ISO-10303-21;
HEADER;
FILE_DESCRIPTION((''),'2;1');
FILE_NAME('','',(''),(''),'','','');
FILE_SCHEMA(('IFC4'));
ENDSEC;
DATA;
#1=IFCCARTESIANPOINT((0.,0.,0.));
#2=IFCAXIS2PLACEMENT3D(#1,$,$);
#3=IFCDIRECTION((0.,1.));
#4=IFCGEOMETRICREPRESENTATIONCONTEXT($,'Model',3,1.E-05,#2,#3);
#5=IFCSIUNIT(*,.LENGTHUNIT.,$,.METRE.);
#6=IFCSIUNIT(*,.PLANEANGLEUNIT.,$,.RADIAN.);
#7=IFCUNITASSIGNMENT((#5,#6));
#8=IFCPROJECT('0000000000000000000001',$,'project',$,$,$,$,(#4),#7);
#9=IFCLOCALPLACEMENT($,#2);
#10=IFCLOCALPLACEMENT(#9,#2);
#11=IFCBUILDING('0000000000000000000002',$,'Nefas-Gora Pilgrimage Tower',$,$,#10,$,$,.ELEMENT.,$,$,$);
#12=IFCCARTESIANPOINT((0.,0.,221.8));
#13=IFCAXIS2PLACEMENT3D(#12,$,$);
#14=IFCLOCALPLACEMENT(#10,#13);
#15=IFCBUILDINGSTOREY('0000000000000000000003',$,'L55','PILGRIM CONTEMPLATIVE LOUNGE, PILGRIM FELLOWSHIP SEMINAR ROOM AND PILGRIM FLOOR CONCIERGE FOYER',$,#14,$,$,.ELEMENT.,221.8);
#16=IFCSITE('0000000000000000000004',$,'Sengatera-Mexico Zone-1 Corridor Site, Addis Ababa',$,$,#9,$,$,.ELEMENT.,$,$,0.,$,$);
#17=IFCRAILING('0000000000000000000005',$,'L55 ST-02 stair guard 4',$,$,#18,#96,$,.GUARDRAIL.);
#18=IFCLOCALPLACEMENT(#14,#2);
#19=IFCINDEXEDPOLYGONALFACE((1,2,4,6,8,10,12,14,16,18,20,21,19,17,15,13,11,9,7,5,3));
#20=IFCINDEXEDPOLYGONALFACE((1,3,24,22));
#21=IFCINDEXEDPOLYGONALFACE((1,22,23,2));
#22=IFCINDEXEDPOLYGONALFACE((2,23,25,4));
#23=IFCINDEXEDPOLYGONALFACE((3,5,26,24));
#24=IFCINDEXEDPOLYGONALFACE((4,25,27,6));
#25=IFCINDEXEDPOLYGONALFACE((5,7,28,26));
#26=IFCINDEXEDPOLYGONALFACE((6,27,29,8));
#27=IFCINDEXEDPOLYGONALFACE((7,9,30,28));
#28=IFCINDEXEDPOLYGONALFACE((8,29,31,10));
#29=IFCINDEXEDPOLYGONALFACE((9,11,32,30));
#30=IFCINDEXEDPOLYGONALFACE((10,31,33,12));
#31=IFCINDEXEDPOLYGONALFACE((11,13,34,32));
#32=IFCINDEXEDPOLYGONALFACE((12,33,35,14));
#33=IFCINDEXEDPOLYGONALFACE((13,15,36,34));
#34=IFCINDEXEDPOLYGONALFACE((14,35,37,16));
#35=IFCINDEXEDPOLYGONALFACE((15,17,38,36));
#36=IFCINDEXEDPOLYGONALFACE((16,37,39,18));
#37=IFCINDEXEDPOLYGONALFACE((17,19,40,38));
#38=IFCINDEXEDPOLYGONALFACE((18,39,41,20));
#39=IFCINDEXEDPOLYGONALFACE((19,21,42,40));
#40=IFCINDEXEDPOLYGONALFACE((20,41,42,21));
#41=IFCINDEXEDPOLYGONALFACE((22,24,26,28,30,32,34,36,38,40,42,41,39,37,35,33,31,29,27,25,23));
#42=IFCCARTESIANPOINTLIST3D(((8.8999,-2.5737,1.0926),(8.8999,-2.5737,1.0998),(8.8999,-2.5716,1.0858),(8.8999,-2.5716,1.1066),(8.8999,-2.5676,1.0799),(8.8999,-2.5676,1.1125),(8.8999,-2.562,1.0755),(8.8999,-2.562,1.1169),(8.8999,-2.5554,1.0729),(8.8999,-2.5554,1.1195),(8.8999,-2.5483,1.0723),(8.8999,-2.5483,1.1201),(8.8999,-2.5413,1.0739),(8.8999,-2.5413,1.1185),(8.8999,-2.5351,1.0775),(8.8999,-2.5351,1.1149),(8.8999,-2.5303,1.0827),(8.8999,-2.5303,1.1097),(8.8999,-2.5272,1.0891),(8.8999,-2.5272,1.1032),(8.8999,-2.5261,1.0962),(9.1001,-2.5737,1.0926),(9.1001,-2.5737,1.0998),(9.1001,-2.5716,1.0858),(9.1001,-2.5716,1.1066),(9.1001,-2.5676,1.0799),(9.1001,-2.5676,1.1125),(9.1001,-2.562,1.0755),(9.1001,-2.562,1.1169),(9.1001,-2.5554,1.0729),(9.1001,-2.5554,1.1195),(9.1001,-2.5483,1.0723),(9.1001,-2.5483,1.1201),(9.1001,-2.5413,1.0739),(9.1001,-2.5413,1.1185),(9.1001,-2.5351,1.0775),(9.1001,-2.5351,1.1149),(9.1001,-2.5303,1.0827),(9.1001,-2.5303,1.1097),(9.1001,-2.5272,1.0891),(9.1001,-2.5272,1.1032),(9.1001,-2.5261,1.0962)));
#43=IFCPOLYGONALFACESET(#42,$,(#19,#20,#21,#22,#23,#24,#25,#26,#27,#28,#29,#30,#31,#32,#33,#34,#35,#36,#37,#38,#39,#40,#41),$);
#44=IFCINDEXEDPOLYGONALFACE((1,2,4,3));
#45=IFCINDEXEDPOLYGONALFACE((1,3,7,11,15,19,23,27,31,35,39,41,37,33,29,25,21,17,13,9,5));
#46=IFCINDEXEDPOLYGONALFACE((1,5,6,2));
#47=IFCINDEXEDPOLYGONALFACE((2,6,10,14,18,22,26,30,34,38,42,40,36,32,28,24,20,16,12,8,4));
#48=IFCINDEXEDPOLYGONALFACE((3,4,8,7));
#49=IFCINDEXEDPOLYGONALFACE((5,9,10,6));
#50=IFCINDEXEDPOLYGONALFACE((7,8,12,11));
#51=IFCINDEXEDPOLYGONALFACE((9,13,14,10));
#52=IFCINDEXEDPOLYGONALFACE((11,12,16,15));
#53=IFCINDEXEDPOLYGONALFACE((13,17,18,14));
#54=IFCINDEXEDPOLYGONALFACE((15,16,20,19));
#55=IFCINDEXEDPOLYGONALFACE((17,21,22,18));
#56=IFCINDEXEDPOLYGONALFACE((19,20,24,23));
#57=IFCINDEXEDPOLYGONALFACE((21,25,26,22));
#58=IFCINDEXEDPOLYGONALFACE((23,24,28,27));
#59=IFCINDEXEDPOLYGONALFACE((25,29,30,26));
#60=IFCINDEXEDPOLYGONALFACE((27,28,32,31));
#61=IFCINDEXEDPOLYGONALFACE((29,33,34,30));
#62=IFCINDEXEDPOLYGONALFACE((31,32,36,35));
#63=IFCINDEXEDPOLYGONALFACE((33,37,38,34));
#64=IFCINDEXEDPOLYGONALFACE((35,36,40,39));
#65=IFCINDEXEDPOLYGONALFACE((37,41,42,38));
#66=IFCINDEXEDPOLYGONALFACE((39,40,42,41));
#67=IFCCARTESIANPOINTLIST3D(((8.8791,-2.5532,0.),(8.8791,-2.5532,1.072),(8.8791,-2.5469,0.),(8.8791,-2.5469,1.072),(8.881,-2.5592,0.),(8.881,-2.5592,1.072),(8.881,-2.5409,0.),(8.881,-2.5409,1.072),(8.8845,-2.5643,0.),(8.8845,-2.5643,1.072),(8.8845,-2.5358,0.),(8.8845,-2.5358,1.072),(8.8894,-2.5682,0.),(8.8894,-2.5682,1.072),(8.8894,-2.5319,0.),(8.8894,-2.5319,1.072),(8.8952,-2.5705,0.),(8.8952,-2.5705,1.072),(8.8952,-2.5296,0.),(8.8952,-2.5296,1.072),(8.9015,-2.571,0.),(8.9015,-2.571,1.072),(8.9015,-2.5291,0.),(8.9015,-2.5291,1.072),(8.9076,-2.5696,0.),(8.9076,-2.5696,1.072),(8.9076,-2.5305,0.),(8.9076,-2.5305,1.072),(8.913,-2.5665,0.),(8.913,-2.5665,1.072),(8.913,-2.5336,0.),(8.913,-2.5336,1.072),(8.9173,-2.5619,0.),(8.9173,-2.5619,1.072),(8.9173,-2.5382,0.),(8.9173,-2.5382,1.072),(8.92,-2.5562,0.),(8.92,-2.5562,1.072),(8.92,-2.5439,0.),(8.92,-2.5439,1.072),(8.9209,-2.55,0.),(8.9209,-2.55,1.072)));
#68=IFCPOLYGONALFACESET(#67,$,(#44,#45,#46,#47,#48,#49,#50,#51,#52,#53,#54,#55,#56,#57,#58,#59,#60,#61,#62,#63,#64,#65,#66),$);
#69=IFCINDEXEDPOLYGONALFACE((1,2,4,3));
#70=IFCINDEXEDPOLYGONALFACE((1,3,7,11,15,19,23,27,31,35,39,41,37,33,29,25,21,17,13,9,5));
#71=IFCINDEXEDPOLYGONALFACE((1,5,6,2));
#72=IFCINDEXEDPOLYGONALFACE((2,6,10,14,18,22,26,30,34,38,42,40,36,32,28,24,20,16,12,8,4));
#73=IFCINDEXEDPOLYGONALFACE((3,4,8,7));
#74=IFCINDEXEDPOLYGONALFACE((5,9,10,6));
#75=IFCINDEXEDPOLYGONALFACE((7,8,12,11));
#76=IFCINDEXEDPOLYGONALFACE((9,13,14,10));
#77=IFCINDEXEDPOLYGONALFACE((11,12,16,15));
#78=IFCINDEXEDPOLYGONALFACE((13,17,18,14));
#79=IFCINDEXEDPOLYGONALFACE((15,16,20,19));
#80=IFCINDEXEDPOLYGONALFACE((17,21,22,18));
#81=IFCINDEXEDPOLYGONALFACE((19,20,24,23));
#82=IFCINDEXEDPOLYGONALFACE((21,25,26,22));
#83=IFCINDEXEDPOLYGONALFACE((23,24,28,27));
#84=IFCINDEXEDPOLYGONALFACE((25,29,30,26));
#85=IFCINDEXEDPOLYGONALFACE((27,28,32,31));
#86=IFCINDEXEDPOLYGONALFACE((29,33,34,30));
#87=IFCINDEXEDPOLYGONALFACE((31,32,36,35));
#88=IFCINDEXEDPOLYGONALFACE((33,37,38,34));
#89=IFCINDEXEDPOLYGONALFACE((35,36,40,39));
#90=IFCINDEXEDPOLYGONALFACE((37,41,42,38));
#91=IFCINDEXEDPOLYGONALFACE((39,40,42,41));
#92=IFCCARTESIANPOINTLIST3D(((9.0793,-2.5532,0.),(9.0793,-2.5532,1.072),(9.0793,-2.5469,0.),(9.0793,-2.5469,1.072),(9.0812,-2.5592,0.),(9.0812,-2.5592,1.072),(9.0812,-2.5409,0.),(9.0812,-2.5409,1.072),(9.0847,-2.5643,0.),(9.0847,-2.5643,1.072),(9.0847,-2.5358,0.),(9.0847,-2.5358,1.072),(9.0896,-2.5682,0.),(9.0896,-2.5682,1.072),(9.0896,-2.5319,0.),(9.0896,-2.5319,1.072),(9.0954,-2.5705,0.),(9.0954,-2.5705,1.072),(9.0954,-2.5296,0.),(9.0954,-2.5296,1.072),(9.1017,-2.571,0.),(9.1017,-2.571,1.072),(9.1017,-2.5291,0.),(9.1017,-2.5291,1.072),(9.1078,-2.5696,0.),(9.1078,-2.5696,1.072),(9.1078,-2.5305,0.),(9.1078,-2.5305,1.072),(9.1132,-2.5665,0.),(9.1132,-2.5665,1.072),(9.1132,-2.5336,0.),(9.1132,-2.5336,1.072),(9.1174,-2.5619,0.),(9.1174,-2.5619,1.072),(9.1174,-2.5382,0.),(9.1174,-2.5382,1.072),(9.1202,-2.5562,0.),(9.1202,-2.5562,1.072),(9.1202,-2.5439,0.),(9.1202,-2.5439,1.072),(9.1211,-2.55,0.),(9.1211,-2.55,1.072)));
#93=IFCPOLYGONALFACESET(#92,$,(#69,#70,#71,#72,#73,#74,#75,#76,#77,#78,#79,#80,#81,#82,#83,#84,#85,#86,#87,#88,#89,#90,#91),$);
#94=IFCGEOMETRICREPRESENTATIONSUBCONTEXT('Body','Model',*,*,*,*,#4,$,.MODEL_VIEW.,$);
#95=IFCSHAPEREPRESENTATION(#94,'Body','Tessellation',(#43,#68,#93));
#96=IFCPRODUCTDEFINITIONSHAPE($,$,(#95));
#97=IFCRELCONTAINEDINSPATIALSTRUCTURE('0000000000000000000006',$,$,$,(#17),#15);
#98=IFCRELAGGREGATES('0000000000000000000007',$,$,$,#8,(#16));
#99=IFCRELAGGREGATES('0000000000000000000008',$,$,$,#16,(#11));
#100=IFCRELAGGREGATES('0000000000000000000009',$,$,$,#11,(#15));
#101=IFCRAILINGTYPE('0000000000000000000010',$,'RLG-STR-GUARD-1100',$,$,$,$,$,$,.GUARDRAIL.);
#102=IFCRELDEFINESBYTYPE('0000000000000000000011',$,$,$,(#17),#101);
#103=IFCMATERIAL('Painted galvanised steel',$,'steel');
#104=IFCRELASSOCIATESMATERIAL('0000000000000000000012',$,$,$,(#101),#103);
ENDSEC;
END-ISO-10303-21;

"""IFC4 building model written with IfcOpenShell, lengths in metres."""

from ifc_helpers import new_model, si_unit, direction, frame, origin, origin_2d, place, context, subcontext, project, spatial, circle, extrude, material, type_object, element, save


model = new_model("IFC4")

# Units and contexts
model_context = context("Model", 3, precision=1e-05, world=origin(), true_north=direction((0.0, 1.0)))
body_context = subcontext(model_context, "Body", "Model", "MODEL_VIEW")
ifc_project = project(units=[si_unit("LENGTHUNIT", "METRE"), si_unit("PLANEANGLEUNIT", "RADIAN")], contexts=[model_context])

# Site, building, storey
site_placement = place(None, origin())
site = spatial("IfcSite", under=ifc_project, at=site_placement, Name="Sengatera-Mexico Zone-1 Corridor Site, Addis Ababa", CompositionType="ELEMENT", RefElevation=0.0)
building_placement = place(site_placement, origin())
building = spatial("IfcBuilding", under=site, at=building_placement, Name="Nefas-Gora Pilgrimage Tower", CompositionType="ELEMENT")
storey_placement = place(building_placement, frame((0.0, 0.0, 221.8)))
storey = spatial("IfcBuildingStorey", under=building, at=storey_placement, Name="L55", Description="PILGRIM CONTEMPLATIVE LOUNGE, PILGRIM FELLOWSHIP SEMINAR ROOM AND PILGRIM FLOOR CONCIERGE FOYER", CompositionType="ELEMENT", Elevation=221.8)

# Railing
ifc_material_1 = material(Name="Painted galvanised steel", Category="steel")
railing_type_1 = type_object("IfcRailingType", Name="RLG-STR-GUARD-1100", PredefinedType="GUARDRAIL", material=ifc_material_1)
railing_1_placement = place(storey_placement, frame((8.8999, -2.55, 0.0)))
element("IfcRailing", 1, at=railing_1_placement, inside=storey, type_object=railing_type_1, Name="L55 ST-02 stair guard 4", PredefinedType="GUARDRAIL", context=body_context, shape_type="SweptSolid", body=[
    extrude(circle(Radius=0.0239, at=origin_2d()), frame((0.0, 0.0, 1.0962), z_axis=(1.0, 0.0, 0.0), x_axis=(0.0, 1.0, 0.0)), (0.0, 0.0, 1.0), 0.2002),
    extrude(circle(Radius=0.021, at=origin_2d()), origin(), (0.0, 0.0, 1.0), 1.072),
    extrude(circle(Radius=0.021, at=origin_2d()), frame((0.2002, 0.0, 0.0)), (0.0, 0.0, 1.0), 1.072),
])

save(model, "model.ifc")
